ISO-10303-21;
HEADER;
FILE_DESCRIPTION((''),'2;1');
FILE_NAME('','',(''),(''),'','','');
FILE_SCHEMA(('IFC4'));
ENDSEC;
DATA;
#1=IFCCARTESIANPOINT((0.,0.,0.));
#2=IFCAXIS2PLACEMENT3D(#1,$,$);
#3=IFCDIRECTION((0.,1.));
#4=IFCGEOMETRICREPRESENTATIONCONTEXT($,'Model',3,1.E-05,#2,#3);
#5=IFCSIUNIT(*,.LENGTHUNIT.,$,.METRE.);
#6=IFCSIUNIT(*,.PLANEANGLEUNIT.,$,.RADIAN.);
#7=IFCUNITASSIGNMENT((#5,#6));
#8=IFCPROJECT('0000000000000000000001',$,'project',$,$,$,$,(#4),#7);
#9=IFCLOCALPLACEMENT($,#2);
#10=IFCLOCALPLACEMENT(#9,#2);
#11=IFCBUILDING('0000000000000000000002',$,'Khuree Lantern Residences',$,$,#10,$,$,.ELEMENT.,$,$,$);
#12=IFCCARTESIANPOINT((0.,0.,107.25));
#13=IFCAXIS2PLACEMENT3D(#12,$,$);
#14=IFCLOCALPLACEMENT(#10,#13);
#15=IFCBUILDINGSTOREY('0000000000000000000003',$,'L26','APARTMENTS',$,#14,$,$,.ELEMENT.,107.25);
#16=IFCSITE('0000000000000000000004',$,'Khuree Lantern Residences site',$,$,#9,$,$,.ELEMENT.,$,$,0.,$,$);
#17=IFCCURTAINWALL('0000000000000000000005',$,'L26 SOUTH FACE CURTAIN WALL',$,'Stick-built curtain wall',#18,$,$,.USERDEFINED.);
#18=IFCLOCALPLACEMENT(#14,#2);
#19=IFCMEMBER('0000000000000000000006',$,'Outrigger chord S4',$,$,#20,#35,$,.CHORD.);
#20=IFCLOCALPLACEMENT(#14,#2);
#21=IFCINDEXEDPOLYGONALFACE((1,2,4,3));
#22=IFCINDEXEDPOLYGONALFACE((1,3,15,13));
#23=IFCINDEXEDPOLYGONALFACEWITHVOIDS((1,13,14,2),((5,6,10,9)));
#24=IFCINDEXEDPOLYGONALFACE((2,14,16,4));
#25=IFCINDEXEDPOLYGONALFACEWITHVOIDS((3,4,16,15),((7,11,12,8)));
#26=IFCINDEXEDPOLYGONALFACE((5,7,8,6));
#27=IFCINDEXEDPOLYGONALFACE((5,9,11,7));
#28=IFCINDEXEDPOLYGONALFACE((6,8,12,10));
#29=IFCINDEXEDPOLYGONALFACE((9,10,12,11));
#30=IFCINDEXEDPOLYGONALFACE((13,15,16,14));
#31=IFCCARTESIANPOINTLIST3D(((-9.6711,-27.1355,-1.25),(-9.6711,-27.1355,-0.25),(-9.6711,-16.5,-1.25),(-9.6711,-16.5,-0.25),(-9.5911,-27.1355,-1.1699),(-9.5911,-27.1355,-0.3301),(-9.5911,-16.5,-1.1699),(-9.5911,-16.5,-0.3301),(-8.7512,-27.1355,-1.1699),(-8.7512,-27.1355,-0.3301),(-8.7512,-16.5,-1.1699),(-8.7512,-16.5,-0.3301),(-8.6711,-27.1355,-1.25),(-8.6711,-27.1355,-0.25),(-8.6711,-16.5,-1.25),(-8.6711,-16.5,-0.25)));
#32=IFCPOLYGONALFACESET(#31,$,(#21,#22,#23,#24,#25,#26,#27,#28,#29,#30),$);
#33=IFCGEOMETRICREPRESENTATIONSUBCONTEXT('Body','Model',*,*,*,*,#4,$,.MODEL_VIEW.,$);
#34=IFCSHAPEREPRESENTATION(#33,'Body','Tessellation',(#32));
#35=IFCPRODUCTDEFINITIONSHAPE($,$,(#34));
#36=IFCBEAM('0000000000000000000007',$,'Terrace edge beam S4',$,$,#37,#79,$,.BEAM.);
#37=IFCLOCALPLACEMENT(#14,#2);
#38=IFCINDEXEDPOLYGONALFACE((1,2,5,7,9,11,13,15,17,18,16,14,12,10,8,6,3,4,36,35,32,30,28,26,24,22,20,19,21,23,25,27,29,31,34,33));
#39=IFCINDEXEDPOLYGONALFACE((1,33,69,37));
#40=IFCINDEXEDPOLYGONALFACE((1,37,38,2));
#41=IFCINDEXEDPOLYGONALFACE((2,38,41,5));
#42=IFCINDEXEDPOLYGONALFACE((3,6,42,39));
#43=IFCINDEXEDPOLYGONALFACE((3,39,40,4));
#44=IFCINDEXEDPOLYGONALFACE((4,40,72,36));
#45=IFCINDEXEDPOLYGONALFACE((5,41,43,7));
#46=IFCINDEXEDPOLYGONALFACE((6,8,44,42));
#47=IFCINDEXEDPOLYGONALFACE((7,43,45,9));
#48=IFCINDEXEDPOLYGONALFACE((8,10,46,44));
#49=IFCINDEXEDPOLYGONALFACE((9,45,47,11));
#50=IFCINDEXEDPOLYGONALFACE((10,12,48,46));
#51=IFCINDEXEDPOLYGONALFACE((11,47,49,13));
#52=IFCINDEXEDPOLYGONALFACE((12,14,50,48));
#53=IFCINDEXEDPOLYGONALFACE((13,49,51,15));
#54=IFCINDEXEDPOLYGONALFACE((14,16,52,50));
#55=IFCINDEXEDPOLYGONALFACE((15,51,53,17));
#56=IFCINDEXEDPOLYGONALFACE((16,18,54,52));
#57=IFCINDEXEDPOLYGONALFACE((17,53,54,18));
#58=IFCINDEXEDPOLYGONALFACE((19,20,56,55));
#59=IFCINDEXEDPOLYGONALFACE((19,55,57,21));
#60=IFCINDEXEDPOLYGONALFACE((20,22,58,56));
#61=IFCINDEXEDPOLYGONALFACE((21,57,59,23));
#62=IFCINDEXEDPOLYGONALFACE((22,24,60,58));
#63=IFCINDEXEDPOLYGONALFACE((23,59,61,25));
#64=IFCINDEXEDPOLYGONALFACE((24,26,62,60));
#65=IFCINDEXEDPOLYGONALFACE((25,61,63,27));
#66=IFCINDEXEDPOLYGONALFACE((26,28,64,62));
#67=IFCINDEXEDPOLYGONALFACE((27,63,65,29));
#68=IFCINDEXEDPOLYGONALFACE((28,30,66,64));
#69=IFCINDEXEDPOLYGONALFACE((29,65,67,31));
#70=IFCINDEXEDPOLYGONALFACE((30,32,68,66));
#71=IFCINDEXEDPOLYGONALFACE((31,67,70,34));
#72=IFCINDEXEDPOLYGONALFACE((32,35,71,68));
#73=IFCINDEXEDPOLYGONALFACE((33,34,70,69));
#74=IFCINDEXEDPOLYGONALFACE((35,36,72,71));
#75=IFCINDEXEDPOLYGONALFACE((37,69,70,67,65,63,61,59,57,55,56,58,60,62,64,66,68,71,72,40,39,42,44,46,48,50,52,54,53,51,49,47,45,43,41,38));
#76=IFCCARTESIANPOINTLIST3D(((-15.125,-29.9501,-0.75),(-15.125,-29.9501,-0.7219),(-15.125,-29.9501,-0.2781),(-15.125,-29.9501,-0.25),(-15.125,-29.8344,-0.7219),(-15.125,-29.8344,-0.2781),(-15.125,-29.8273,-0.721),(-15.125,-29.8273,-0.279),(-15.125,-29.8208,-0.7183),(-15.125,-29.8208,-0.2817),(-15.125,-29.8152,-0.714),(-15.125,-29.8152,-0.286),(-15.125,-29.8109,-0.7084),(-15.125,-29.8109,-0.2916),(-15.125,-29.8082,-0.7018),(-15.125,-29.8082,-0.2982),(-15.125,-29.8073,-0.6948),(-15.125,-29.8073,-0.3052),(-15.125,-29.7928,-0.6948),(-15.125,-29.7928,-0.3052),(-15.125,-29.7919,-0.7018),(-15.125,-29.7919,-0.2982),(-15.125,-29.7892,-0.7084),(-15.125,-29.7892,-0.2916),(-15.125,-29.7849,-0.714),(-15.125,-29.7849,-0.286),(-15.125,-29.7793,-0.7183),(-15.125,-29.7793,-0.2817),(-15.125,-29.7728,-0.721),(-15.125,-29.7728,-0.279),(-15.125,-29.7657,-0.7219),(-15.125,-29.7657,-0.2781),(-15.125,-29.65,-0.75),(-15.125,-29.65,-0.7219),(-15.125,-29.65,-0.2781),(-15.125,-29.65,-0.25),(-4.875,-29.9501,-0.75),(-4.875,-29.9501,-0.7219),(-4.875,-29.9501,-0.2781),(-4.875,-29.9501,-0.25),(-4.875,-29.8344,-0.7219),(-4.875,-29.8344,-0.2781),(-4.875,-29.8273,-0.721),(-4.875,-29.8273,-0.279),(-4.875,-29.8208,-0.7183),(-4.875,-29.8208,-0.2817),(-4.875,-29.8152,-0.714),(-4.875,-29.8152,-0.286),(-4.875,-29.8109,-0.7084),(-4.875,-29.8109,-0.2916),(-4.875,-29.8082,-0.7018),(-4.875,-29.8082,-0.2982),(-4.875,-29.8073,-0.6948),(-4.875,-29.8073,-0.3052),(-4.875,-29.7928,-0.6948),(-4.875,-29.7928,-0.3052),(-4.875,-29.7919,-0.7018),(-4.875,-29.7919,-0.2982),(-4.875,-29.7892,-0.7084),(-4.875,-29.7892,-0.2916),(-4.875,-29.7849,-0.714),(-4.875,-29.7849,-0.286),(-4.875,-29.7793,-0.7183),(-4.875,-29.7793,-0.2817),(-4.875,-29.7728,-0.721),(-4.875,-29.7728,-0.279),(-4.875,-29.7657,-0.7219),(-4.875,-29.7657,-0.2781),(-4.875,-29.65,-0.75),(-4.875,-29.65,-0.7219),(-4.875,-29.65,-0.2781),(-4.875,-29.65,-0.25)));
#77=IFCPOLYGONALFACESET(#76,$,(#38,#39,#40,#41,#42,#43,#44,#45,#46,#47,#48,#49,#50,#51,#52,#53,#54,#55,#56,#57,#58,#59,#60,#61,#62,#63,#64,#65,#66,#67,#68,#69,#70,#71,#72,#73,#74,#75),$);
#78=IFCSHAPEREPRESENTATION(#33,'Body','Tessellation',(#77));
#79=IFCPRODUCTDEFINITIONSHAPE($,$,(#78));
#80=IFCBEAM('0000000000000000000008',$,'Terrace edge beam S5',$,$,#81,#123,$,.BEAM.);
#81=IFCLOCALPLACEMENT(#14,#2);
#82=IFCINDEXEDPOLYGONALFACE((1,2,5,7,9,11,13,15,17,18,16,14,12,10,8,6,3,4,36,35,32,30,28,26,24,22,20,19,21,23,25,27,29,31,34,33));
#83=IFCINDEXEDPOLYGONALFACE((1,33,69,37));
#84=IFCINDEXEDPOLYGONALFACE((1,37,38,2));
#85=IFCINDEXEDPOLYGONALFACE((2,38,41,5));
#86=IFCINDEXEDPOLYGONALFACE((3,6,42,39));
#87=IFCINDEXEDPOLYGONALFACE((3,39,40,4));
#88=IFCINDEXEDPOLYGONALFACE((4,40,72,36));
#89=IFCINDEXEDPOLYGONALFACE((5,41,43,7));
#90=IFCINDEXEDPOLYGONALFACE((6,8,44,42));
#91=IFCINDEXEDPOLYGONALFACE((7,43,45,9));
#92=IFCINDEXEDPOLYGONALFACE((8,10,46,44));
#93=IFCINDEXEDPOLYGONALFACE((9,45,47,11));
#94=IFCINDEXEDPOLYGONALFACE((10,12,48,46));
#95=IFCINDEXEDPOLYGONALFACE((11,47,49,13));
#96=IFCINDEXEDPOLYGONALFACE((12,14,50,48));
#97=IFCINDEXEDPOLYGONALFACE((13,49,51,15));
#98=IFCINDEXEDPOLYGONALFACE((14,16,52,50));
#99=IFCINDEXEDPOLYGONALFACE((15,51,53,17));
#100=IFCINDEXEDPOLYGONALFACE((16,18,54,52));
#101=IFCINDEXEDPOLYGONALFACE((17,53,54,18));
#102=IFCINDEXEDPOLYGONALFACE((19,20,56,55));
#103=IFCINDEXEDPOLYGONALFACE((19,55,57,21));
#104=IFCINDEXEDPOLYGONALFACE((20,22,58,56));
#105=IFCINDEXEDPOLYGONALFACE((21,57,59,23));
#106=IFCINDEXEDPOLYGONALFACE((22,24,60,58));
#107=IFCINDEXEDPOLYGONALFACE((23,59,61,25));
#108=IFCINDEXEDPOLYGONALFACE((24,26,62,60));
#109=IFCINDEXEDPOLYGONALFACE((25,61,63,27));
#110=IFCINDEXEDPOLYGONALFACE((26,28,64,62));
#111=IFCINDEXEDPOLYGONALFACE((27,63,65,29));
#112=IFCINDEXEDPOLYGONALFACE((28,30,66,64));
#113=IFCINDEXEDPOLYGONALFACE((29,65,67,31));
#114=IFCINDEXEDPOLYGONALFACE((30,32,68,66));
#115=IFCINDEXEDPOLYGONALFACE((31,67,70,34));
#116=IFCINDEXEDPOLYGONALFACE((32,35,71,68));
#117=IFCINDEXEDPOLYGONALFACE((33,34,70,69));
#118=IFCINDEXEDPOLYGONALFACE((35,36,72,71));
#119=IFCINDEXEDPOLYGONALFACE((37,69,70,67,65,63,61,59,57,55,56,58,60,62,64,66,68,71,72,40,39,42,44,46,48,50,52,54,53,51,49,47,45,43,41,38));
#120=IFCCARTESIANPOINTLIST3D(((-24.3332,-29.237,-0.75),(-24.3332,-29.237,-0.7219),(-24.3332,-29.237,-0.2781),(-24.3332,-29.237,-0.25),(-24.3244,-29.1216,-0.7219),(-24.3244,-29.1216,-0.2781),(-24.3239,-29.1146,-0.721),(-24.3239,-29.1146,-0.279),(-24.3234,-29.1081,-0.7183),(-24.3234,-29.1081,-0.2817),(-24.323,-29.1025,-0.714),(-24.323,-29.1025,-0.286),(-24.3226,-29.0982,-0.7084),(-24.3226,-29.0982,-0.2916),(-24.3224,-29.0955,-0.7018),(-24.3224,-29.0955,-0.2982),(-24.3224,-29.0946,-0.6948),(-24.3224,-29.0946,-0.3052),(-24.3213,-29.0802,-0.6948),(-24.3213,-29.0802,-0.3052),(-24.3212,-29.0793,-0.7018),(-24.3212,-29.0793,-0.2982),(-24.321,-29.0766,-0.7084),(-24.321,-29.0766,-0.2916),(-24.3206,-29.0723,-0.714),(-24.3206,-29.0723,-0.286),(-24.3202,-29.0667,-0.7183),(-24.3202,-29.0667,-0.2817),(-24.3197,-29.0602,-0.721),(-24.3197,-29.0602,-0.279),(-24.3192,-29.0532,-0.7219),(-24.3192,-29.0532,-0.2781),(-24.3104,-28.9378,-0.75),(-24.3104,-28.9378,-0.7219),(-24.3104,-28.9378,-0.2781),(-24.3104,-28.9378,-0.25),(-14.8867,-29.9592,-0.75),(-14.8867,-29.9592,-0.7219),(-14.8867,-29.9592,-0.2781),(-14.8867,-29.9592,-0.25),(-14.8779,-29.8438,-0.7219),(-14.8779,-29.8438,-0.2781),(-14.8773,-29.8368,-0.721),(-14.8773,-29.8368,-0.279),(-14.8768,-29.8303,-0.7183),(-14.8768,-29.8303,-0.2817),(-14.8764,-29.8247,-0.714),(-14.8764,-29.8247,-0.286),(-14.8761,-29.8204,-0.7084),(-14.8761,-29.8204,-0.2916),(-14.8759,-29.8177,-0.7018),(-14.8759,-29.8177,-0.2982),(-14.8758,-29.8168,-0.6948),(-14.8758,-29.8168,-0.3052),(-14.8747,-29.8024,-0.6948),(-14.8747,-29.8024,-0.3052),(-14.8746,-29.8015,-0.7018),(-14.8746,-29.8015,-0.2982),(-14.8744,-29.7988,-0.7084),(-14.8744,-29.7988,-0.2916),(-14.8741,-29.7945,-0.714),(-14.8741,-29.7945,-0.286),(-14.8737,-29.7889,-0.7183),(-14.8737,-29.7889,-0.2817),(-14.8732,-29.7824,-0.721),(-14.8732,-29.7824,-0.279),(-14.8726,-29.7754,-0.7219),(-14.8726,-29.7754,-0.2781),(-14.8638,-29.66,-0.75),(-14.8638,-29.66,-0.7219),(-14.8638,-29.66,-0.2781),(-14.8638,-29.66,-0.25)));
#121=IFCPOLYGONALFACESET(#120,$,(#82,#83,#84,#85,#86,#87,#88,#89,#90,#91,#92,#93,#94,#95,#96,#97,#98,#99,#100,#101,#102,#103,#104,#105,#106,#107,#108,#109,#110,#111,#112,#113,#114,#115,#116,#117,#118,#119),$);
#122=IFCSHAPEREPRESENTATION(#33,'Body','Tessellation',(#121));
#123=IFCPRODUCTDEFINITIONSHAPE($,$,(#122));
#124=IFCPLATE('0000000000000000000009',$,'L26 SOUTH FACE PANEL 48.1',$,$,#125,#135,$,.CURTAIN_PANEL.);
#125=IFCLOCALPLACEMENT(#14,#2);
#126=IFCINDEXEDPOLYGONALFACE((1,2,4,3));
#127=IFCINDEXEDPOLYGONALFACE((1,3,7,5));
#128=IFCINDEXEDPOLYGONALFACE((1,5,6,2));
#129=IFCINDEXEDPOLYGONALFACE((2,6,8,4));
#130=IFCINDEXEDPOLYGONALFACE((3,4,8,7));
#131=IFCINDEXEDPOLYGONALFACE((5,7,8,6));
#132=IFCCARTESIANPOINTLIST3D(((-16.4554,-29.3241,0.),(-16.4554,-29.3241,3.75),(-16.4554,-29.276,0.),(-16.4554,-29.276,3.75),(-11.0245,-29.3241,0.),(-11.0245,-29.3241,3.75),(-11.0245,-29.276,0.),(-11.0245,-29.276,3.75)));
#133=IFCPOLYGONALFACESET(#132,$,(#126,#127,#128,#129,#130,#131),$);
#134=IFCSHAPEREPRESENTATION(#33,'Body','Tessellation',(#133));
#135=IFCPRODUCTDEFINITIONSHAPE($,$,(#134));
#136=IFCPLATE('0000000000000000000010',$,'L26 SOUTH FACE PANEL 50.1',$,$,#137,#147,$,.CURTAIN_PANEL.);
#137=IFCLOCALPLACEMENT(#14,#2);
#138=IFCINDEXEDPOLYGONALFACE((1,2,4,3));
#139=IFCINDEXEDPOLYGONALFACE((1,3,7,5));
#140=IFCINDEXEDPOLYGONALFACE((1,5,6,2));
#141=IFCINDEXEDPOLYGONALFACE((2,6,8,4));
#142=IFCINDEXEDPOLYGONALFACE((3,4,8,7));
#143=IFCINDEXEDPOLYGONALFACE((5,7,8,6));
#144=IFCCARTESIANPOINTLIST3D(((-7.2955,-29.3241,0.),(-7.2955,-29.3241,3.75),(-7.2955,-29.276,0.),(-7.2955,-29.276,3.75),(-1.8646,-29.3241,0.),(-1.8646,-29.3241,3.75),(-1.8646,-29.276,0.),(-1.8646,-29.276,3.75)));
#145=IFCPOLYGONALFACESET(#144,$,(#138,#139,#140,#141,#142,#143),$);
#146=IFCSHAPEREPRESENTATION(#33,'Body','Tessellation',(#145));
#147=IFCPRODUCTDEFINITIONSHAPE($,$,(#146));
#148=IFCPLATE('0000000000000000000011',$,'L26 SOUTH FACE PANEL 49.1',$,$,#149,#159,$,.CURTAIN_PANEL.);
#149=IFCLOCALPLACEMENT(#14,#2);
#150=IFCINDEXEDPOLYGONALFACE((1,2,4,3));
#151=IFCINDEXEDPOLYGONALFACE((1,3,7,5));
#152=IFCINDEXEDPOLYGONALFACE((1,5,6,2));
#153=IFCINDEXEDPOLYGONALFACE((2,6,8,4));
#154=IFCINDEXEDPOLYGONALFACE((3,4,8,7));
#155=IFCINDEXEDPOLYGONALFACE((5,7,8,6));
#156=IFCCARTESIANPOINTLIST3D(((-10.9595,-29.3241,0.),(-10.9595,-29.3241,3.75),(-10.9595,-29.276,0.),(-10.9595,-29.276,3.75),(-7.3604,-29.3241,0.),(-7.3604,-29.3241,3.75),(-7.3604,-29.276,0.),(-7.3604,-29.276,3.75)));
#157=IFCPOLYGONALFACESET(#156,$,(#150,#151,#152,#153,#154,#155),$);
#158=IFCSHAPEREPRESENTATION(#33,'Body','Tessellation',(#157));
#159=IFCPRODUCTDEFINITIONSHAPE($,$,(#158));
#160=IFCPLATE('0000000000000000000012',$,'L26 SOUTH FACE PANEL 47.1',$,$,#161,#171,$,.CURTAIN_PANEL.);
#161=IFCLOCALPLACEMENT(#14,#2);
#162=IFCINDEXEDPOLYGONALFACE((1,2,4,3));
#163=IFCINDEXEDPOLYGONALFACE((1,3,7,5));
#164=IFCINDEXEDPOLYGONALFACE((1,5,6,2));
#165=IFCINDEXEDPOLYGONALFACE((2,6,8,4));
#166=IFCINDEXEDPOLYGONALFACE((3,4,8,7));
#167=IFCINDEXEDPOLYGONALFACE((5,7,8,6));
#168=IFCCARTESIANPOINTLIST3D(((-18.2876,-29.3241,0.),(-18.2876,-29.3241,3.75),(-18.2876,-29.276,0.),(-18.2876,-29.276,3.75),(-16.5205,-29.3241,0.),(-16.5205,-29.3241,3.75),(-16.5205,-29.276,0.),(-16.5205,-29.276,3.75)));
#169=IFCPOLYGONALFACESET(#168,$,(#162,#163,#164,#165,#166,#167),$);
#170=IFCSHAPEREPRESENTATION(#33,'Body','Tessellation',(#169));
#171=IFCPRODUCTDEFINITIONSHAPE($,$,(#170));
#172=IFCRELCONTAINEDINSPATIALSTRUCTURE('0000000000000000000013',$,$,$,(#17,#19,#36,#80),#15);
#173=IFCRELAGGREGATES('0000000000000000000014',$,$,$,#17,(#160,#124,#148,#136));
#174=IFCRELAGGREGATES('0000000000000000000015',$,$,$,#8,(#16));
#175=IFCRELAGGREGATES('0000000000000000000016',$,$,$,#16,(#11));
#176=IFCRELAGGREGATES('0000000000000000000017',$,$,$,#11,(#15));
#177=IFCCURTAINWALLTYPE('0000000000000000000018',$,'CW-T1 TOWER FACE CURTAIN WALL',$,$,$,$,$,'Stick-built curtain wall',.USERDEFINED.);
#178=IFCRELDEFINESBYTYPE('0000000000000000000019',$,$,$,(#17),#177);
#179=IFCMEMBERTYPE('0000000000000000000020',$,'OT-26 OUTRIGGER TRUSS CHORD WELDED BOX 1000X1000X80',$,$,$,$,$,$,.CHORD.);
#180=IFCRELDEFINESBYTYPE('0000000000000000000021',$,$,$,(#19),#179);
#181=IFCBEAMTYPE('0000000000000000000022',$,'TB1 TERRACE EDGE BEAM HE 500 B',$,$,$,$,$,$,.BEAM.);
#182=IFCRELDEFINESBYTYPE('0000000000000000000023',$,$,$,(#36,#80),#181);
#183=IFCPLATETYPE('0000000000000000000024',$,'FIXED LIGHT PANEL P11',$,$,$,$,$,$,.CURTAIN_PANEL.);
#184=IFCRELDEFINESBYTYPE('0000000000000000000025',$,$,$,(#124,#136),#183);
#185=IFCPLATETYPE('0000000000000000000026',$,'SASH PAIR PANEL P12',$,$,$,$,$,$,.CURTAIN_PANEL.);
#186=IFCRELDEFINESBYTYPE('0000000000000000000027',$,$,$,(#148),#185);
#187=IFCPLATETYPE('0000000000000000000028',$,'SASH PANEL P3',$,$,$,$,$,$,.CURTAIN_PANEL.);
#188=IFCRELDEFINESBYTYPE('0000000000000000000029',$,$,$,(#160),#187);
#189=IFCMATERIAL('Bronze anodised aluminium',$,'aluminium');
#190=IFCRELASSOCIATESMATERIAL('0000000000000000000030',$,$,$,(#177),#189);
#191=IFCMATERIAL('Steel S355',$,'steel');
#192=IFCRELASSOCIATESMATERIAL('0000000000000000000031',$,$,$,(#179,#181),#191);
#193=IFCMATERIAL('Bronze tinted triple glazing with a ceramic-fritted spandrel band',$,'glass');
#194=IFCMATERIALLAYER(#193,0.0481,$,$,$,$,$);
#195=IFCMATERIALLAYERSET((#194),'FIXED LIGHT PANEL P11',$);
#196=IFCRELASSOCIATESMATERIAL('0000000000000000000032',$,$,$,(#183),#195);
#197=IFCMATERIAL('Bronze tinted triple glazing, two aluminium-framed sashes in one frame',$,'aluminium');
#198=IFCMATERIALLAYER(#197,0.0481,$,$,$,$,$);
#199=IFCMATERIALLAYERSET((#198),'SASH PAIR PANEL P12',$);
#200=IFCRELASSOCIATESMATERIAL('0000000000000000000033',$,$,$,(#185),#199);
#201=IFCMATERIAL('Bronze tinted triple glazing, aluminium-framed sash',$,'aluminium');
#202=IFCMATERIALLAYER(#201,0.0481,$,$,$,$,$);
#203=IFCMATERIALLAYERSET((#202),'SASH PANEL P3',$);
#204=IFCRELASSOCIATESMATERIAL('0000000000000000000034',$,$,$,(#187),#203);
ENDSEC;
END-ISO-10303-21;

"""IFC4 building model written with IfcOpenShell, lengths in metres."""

from ifc_helpers import new_model, si_unit, direction, frame, origin, origin_2d, place, context, subcontext, project, spatial, rectangle, hollow_rectangle, i_section, extrude, material, layer, layer_set, material_profile, profile_set, type_object, element, aggregate, save


model = new_model("IFC4")

# Units and contexts
model_context = context("Model", 3, precision=1e-05, world=origin(), true_north=direction((0.0, 1.0)))
body_context = subcontext(model_context, "Body", "Model", "MODEL_VIEW")
ifc_project = project(units=[si_unit("LENGTHUNIT", "METRE"), si_unit("PLANEANGLEUNIT", "RADIAN")], contexts=[model_context])

# Site, building, storey
site_placement = place(None, origin())
site = spatial("IfcSite", under=ifc_project, at=site_placement, Name="Khuree Lantern Residences site", CompositionType="ELEMENT", RefElevation=0.0)
building_placement = place(site_placement, origin())
building = spatial("IfcBuilding", under=site, at=building_placement, Name="Khuree Lantern Residences", CompositionType="ELEMENT")
storey_placement = place(building_placement, frame((0.0, 0.0, 107.25)))
storey = spatial("IfcBuildingStorey", under=building, at=storey_placement, Name="L26", Description="APARTMENTS", CompositionType="ELEMENT", Elevation=107.25)

# Shared definitions
ifc_material_1 = material(Name="Steel S355", Category="steel")

# Curtain wall
ifc_material_2 = material(Name="Bronze anodised aluminium", Category="aluminium")
curtain_wall_type = type_object("IfcCurtainWallType", Name="CW-T1 TOWER FACE CURTAIN WALL", ElementType="Stick-built curtain wall", PredefinedType="USERDEFINED", material=ifc_material_2)
curtain_wall_placement = place(storey_placement, origin())
curtain_wall = element("IfcCurtainWall", 1, at=curtain_wall_placement, inside=storey, type_object=curtain_wall_type, Name="L26 SOUTH FACE CURTAIN WALL", ObjectType="Stick-built curtain wall", PredefinedType="USERDEFINED")

# Member
ifc_material_profile_1 = material_profile(ifc_material_1, hollow_rectangle(XDim=1.0, YDim=1.0, WallThickness=0.0801, at=origin_2d()), Name="WELDED BOX 1000X1000X80")
ifc_profile_set_1 = profile_set([ifc_material_profile_1], Name="Steel S355")
member_type_1 = type_object("IfcMemberType", Name="OT-26 OUTRIGGER TRUSS CHORD WELDED BOX 1000X1000X80", PredefinedType="CHORD", material=ifc_profile_set_1)
for number, where, z_axis, x_axis, name in (
    (2, (-9.1711, -27.1355, -0.75), (0.0, 1.0, 0.0), (-1.0, 0.0, 0.0), "Outrigger chord S4"),
):
    element("IfcMember", number, at=place(storey_placement, frame(where, z_axis=z_axis, x_axis=x_axis)), inside=storey, type_object=member_type_1, Name=name, PredefinedType="CHORD", context=body_context, shape_type="SweptSolid", body=[
        extrude(hollow_rectangle(XDim=1.0, YDim=1.0, WallThickness=0.0801, at=origin_2d()), origin(), (0.0, 0.0, 1.0), 10.6355),
    ])

# Beams
ifc_material_profile_2 = material_profile(ifc_material_1, i_section(OverallWidth=0.3, OverallDepth=0.5, WebThickness=0.0144, FlangeThickness=0.0281, FilletRadius=0.0271, at=origin_2d()), Name="HE 500 B")
ifc_profile_set_2 = profile_set([ifc_material_profile_2], Name="Steel S355")
beam_type_1 = type_object("IfcBeamType", Name="TB1 TERRACE EDGE BEAM HE 500 B", PredefinedType="BEAM", material=ifc_profile_set_2)
beam_1_placement = place(storey_placement, frame((-4.875, -29.8, -0.5), z_axis=(-1.0, 0.0, 0.0), x_axis=(0.0, -1.0, 0.0)))
element("IfcBeam", 3, at=beam_1_placement, inside=storey, type_object=beam_type_1, Name="Terrace edge beam S4", PredefinedType="BEAM", context=body_context, shape_type="SweptSolid", body=[
    extrude(i_section(OverallWidth=0.3, OverallDepth=0.5, WebThickness=0.0144, FlangeThickness=0.0281, FilletRadius=0.0271, at=origin_2d()), origin(), (0.0, 0.0, 1.0), 10.25),
])
beam_2_placement = place(storey_placement, frame((-14.8752, -29.8096, -0.5), z_axis=(-0.997091, 0.076226, 0.0), x_axis=(-0.076226, -0.997091, 0.0)))
element("IfcBeam", 4, at=beam_2_placement, inside=storey, type_object=beam_type_1, Name="Terrace edge beam S5", PredefinedType="BEAM", context=body_context, shape_type="SweptSolid", body=[
    extrude(i_section(OverallWidth=0.3, OverallDepth=0.5, WebThickness=0.0144, FlangeThickness=0.0281, FilletRadius=0.0271, at=origin_2d()), origin(), (0.0, 0.0, 1.0), 9.4741),
])

# Plates
ifc_material_3 = material(Name="Bronze tinted triple glazing with a ceramic-fritted spandrel band", Category="glass")
ifc_layer_1 = layer(ifc_material_3, 0.0481)
ifc_layer_set_1 = layer_set([ifc_layer_1], Name="FIXED LIGHT PANEL P11")
plate_type_1 = type_object("IfcPlateType", Name="FIXED LIGHT PANEL P11", PredefinedType="CURTAIN_PANEL", material=ifc_layer_set_1)
plate_1_placement = place(storey_placement, frame((-13.74, -29.3, 0.0), z_axis=(0.0, 0.0, 1.0), x_axis=(1.0, 0.0, 0.0)))
plate_1 = element("IfcPlate", 5, at=plate_1_placement, type_object=plate_type_1, Name="L26 SOUTH FACE PANEL 48.1", PredefinedType="CURTAIN_PANEL", context=body_context, shape_type="SweptSolid", body=[
    extrude(rectangle(XDim=5.4309, YDim=0.0481, at=origin_2d()), origin(), (0.0, 0.0, 1.0), 3.75),
])
plate_2_placement = place(storey_placement, frame((-4.5801, -29.3, 0.0), z_axis=(0.0, 0.0, 1.0), x_axis=(1.0, 0.0, 0.0)))
plate_2 = element("IfcPlate", 6, at=plate_2_placement, type_object=plate_type_1, Name="L26 SOUTH FACE PANEL 50.1", PredefinedType="CURTAIN_PANEL", context=body_context, shape_type="SweptSolid", body=[
    extrude(rectangle(XDim=5.4309, YDim=0.0481, at=origin_2d()), origin(), (0.0, 0.0, 1.0), 3.75),
])
ifc_material_4 = material(Name="Bronze tinted triple glazing, two aluminium-framed sashes in one frame", Category="aluminium")
ifc_layer_2 = layer(ifc_material_4, 0.0481)
ifc_layer_set_2 = layer_set([ifc_layer_2], Name="SASH PAIR PANEL P12")
plate_type_2 = type_object("IfcPlateType", Name="SASH PAIR PANEL P12", PredefinedType="CURTAIN_PANEL", material=ifc_layer_set_2)
plate_3_placement = place(storey_placement, frame((-9.1599, -29.3, 0.0), z_axis=(0.0, 0.0, 1.0), x_axis=(1.0, 0.0, 0.0)))
plate_3 = element("IfcPlate", 7, at=plate_3_placement, type_object=plate_type_2, Name="L26 SOUTH FACE PANEL 49.1", PredefinedType="CURTAIN_PANEL", context=body_context, shape_type="SweptSolid", body=[
    extrude(rectangle(XDim=3.5991, YDim=0.0481, at=origin_2d()), origin(), (0.0, 0.0, 1.0), 3.75),
])
ifc_material_5 = material(Name="Bronze tinted triple glazing, aluminium-framed sash", Category="aluminium")
ifc_layer_3 = layer(ifc_material_5, 0.0481)
ifc_layer_set_3 = layer_set([ifc_layer_3], Name="SASH PANEL P3")
plate_type_3 = type_object("IfcPlateType", Name="SASH PANEL P3", PredefinedType="CURTAIN_PANEL", material=ifc_layer_set_3)
plate_4_placement = place(storey_placement, frame((-17.4041, -29.3, 0.0), z_axis=(0.0, 0.0, 1.0), x_axis=(1.0, 0.0, 0.0)))
plate_4 = element("IfcPlate", 8, at=plate_4_placement, type_object=plate_type_3, Name="L26 SOUTH FACE PANEL 47.1", PredefinedType="CURTAIN_PANEL", context=body_context, shape_type="SweptSolid", body=[
    extrude(rectangle(XDim=1.7671, YDim=0.0481, at=origin_2d()), origin(), (0.0, 0.0, 1.0), 3.75),
])
aggregate(curtain_wall, [plate_4, plate_1, plate_3, plate_2])

save(model, "model.ifc")
